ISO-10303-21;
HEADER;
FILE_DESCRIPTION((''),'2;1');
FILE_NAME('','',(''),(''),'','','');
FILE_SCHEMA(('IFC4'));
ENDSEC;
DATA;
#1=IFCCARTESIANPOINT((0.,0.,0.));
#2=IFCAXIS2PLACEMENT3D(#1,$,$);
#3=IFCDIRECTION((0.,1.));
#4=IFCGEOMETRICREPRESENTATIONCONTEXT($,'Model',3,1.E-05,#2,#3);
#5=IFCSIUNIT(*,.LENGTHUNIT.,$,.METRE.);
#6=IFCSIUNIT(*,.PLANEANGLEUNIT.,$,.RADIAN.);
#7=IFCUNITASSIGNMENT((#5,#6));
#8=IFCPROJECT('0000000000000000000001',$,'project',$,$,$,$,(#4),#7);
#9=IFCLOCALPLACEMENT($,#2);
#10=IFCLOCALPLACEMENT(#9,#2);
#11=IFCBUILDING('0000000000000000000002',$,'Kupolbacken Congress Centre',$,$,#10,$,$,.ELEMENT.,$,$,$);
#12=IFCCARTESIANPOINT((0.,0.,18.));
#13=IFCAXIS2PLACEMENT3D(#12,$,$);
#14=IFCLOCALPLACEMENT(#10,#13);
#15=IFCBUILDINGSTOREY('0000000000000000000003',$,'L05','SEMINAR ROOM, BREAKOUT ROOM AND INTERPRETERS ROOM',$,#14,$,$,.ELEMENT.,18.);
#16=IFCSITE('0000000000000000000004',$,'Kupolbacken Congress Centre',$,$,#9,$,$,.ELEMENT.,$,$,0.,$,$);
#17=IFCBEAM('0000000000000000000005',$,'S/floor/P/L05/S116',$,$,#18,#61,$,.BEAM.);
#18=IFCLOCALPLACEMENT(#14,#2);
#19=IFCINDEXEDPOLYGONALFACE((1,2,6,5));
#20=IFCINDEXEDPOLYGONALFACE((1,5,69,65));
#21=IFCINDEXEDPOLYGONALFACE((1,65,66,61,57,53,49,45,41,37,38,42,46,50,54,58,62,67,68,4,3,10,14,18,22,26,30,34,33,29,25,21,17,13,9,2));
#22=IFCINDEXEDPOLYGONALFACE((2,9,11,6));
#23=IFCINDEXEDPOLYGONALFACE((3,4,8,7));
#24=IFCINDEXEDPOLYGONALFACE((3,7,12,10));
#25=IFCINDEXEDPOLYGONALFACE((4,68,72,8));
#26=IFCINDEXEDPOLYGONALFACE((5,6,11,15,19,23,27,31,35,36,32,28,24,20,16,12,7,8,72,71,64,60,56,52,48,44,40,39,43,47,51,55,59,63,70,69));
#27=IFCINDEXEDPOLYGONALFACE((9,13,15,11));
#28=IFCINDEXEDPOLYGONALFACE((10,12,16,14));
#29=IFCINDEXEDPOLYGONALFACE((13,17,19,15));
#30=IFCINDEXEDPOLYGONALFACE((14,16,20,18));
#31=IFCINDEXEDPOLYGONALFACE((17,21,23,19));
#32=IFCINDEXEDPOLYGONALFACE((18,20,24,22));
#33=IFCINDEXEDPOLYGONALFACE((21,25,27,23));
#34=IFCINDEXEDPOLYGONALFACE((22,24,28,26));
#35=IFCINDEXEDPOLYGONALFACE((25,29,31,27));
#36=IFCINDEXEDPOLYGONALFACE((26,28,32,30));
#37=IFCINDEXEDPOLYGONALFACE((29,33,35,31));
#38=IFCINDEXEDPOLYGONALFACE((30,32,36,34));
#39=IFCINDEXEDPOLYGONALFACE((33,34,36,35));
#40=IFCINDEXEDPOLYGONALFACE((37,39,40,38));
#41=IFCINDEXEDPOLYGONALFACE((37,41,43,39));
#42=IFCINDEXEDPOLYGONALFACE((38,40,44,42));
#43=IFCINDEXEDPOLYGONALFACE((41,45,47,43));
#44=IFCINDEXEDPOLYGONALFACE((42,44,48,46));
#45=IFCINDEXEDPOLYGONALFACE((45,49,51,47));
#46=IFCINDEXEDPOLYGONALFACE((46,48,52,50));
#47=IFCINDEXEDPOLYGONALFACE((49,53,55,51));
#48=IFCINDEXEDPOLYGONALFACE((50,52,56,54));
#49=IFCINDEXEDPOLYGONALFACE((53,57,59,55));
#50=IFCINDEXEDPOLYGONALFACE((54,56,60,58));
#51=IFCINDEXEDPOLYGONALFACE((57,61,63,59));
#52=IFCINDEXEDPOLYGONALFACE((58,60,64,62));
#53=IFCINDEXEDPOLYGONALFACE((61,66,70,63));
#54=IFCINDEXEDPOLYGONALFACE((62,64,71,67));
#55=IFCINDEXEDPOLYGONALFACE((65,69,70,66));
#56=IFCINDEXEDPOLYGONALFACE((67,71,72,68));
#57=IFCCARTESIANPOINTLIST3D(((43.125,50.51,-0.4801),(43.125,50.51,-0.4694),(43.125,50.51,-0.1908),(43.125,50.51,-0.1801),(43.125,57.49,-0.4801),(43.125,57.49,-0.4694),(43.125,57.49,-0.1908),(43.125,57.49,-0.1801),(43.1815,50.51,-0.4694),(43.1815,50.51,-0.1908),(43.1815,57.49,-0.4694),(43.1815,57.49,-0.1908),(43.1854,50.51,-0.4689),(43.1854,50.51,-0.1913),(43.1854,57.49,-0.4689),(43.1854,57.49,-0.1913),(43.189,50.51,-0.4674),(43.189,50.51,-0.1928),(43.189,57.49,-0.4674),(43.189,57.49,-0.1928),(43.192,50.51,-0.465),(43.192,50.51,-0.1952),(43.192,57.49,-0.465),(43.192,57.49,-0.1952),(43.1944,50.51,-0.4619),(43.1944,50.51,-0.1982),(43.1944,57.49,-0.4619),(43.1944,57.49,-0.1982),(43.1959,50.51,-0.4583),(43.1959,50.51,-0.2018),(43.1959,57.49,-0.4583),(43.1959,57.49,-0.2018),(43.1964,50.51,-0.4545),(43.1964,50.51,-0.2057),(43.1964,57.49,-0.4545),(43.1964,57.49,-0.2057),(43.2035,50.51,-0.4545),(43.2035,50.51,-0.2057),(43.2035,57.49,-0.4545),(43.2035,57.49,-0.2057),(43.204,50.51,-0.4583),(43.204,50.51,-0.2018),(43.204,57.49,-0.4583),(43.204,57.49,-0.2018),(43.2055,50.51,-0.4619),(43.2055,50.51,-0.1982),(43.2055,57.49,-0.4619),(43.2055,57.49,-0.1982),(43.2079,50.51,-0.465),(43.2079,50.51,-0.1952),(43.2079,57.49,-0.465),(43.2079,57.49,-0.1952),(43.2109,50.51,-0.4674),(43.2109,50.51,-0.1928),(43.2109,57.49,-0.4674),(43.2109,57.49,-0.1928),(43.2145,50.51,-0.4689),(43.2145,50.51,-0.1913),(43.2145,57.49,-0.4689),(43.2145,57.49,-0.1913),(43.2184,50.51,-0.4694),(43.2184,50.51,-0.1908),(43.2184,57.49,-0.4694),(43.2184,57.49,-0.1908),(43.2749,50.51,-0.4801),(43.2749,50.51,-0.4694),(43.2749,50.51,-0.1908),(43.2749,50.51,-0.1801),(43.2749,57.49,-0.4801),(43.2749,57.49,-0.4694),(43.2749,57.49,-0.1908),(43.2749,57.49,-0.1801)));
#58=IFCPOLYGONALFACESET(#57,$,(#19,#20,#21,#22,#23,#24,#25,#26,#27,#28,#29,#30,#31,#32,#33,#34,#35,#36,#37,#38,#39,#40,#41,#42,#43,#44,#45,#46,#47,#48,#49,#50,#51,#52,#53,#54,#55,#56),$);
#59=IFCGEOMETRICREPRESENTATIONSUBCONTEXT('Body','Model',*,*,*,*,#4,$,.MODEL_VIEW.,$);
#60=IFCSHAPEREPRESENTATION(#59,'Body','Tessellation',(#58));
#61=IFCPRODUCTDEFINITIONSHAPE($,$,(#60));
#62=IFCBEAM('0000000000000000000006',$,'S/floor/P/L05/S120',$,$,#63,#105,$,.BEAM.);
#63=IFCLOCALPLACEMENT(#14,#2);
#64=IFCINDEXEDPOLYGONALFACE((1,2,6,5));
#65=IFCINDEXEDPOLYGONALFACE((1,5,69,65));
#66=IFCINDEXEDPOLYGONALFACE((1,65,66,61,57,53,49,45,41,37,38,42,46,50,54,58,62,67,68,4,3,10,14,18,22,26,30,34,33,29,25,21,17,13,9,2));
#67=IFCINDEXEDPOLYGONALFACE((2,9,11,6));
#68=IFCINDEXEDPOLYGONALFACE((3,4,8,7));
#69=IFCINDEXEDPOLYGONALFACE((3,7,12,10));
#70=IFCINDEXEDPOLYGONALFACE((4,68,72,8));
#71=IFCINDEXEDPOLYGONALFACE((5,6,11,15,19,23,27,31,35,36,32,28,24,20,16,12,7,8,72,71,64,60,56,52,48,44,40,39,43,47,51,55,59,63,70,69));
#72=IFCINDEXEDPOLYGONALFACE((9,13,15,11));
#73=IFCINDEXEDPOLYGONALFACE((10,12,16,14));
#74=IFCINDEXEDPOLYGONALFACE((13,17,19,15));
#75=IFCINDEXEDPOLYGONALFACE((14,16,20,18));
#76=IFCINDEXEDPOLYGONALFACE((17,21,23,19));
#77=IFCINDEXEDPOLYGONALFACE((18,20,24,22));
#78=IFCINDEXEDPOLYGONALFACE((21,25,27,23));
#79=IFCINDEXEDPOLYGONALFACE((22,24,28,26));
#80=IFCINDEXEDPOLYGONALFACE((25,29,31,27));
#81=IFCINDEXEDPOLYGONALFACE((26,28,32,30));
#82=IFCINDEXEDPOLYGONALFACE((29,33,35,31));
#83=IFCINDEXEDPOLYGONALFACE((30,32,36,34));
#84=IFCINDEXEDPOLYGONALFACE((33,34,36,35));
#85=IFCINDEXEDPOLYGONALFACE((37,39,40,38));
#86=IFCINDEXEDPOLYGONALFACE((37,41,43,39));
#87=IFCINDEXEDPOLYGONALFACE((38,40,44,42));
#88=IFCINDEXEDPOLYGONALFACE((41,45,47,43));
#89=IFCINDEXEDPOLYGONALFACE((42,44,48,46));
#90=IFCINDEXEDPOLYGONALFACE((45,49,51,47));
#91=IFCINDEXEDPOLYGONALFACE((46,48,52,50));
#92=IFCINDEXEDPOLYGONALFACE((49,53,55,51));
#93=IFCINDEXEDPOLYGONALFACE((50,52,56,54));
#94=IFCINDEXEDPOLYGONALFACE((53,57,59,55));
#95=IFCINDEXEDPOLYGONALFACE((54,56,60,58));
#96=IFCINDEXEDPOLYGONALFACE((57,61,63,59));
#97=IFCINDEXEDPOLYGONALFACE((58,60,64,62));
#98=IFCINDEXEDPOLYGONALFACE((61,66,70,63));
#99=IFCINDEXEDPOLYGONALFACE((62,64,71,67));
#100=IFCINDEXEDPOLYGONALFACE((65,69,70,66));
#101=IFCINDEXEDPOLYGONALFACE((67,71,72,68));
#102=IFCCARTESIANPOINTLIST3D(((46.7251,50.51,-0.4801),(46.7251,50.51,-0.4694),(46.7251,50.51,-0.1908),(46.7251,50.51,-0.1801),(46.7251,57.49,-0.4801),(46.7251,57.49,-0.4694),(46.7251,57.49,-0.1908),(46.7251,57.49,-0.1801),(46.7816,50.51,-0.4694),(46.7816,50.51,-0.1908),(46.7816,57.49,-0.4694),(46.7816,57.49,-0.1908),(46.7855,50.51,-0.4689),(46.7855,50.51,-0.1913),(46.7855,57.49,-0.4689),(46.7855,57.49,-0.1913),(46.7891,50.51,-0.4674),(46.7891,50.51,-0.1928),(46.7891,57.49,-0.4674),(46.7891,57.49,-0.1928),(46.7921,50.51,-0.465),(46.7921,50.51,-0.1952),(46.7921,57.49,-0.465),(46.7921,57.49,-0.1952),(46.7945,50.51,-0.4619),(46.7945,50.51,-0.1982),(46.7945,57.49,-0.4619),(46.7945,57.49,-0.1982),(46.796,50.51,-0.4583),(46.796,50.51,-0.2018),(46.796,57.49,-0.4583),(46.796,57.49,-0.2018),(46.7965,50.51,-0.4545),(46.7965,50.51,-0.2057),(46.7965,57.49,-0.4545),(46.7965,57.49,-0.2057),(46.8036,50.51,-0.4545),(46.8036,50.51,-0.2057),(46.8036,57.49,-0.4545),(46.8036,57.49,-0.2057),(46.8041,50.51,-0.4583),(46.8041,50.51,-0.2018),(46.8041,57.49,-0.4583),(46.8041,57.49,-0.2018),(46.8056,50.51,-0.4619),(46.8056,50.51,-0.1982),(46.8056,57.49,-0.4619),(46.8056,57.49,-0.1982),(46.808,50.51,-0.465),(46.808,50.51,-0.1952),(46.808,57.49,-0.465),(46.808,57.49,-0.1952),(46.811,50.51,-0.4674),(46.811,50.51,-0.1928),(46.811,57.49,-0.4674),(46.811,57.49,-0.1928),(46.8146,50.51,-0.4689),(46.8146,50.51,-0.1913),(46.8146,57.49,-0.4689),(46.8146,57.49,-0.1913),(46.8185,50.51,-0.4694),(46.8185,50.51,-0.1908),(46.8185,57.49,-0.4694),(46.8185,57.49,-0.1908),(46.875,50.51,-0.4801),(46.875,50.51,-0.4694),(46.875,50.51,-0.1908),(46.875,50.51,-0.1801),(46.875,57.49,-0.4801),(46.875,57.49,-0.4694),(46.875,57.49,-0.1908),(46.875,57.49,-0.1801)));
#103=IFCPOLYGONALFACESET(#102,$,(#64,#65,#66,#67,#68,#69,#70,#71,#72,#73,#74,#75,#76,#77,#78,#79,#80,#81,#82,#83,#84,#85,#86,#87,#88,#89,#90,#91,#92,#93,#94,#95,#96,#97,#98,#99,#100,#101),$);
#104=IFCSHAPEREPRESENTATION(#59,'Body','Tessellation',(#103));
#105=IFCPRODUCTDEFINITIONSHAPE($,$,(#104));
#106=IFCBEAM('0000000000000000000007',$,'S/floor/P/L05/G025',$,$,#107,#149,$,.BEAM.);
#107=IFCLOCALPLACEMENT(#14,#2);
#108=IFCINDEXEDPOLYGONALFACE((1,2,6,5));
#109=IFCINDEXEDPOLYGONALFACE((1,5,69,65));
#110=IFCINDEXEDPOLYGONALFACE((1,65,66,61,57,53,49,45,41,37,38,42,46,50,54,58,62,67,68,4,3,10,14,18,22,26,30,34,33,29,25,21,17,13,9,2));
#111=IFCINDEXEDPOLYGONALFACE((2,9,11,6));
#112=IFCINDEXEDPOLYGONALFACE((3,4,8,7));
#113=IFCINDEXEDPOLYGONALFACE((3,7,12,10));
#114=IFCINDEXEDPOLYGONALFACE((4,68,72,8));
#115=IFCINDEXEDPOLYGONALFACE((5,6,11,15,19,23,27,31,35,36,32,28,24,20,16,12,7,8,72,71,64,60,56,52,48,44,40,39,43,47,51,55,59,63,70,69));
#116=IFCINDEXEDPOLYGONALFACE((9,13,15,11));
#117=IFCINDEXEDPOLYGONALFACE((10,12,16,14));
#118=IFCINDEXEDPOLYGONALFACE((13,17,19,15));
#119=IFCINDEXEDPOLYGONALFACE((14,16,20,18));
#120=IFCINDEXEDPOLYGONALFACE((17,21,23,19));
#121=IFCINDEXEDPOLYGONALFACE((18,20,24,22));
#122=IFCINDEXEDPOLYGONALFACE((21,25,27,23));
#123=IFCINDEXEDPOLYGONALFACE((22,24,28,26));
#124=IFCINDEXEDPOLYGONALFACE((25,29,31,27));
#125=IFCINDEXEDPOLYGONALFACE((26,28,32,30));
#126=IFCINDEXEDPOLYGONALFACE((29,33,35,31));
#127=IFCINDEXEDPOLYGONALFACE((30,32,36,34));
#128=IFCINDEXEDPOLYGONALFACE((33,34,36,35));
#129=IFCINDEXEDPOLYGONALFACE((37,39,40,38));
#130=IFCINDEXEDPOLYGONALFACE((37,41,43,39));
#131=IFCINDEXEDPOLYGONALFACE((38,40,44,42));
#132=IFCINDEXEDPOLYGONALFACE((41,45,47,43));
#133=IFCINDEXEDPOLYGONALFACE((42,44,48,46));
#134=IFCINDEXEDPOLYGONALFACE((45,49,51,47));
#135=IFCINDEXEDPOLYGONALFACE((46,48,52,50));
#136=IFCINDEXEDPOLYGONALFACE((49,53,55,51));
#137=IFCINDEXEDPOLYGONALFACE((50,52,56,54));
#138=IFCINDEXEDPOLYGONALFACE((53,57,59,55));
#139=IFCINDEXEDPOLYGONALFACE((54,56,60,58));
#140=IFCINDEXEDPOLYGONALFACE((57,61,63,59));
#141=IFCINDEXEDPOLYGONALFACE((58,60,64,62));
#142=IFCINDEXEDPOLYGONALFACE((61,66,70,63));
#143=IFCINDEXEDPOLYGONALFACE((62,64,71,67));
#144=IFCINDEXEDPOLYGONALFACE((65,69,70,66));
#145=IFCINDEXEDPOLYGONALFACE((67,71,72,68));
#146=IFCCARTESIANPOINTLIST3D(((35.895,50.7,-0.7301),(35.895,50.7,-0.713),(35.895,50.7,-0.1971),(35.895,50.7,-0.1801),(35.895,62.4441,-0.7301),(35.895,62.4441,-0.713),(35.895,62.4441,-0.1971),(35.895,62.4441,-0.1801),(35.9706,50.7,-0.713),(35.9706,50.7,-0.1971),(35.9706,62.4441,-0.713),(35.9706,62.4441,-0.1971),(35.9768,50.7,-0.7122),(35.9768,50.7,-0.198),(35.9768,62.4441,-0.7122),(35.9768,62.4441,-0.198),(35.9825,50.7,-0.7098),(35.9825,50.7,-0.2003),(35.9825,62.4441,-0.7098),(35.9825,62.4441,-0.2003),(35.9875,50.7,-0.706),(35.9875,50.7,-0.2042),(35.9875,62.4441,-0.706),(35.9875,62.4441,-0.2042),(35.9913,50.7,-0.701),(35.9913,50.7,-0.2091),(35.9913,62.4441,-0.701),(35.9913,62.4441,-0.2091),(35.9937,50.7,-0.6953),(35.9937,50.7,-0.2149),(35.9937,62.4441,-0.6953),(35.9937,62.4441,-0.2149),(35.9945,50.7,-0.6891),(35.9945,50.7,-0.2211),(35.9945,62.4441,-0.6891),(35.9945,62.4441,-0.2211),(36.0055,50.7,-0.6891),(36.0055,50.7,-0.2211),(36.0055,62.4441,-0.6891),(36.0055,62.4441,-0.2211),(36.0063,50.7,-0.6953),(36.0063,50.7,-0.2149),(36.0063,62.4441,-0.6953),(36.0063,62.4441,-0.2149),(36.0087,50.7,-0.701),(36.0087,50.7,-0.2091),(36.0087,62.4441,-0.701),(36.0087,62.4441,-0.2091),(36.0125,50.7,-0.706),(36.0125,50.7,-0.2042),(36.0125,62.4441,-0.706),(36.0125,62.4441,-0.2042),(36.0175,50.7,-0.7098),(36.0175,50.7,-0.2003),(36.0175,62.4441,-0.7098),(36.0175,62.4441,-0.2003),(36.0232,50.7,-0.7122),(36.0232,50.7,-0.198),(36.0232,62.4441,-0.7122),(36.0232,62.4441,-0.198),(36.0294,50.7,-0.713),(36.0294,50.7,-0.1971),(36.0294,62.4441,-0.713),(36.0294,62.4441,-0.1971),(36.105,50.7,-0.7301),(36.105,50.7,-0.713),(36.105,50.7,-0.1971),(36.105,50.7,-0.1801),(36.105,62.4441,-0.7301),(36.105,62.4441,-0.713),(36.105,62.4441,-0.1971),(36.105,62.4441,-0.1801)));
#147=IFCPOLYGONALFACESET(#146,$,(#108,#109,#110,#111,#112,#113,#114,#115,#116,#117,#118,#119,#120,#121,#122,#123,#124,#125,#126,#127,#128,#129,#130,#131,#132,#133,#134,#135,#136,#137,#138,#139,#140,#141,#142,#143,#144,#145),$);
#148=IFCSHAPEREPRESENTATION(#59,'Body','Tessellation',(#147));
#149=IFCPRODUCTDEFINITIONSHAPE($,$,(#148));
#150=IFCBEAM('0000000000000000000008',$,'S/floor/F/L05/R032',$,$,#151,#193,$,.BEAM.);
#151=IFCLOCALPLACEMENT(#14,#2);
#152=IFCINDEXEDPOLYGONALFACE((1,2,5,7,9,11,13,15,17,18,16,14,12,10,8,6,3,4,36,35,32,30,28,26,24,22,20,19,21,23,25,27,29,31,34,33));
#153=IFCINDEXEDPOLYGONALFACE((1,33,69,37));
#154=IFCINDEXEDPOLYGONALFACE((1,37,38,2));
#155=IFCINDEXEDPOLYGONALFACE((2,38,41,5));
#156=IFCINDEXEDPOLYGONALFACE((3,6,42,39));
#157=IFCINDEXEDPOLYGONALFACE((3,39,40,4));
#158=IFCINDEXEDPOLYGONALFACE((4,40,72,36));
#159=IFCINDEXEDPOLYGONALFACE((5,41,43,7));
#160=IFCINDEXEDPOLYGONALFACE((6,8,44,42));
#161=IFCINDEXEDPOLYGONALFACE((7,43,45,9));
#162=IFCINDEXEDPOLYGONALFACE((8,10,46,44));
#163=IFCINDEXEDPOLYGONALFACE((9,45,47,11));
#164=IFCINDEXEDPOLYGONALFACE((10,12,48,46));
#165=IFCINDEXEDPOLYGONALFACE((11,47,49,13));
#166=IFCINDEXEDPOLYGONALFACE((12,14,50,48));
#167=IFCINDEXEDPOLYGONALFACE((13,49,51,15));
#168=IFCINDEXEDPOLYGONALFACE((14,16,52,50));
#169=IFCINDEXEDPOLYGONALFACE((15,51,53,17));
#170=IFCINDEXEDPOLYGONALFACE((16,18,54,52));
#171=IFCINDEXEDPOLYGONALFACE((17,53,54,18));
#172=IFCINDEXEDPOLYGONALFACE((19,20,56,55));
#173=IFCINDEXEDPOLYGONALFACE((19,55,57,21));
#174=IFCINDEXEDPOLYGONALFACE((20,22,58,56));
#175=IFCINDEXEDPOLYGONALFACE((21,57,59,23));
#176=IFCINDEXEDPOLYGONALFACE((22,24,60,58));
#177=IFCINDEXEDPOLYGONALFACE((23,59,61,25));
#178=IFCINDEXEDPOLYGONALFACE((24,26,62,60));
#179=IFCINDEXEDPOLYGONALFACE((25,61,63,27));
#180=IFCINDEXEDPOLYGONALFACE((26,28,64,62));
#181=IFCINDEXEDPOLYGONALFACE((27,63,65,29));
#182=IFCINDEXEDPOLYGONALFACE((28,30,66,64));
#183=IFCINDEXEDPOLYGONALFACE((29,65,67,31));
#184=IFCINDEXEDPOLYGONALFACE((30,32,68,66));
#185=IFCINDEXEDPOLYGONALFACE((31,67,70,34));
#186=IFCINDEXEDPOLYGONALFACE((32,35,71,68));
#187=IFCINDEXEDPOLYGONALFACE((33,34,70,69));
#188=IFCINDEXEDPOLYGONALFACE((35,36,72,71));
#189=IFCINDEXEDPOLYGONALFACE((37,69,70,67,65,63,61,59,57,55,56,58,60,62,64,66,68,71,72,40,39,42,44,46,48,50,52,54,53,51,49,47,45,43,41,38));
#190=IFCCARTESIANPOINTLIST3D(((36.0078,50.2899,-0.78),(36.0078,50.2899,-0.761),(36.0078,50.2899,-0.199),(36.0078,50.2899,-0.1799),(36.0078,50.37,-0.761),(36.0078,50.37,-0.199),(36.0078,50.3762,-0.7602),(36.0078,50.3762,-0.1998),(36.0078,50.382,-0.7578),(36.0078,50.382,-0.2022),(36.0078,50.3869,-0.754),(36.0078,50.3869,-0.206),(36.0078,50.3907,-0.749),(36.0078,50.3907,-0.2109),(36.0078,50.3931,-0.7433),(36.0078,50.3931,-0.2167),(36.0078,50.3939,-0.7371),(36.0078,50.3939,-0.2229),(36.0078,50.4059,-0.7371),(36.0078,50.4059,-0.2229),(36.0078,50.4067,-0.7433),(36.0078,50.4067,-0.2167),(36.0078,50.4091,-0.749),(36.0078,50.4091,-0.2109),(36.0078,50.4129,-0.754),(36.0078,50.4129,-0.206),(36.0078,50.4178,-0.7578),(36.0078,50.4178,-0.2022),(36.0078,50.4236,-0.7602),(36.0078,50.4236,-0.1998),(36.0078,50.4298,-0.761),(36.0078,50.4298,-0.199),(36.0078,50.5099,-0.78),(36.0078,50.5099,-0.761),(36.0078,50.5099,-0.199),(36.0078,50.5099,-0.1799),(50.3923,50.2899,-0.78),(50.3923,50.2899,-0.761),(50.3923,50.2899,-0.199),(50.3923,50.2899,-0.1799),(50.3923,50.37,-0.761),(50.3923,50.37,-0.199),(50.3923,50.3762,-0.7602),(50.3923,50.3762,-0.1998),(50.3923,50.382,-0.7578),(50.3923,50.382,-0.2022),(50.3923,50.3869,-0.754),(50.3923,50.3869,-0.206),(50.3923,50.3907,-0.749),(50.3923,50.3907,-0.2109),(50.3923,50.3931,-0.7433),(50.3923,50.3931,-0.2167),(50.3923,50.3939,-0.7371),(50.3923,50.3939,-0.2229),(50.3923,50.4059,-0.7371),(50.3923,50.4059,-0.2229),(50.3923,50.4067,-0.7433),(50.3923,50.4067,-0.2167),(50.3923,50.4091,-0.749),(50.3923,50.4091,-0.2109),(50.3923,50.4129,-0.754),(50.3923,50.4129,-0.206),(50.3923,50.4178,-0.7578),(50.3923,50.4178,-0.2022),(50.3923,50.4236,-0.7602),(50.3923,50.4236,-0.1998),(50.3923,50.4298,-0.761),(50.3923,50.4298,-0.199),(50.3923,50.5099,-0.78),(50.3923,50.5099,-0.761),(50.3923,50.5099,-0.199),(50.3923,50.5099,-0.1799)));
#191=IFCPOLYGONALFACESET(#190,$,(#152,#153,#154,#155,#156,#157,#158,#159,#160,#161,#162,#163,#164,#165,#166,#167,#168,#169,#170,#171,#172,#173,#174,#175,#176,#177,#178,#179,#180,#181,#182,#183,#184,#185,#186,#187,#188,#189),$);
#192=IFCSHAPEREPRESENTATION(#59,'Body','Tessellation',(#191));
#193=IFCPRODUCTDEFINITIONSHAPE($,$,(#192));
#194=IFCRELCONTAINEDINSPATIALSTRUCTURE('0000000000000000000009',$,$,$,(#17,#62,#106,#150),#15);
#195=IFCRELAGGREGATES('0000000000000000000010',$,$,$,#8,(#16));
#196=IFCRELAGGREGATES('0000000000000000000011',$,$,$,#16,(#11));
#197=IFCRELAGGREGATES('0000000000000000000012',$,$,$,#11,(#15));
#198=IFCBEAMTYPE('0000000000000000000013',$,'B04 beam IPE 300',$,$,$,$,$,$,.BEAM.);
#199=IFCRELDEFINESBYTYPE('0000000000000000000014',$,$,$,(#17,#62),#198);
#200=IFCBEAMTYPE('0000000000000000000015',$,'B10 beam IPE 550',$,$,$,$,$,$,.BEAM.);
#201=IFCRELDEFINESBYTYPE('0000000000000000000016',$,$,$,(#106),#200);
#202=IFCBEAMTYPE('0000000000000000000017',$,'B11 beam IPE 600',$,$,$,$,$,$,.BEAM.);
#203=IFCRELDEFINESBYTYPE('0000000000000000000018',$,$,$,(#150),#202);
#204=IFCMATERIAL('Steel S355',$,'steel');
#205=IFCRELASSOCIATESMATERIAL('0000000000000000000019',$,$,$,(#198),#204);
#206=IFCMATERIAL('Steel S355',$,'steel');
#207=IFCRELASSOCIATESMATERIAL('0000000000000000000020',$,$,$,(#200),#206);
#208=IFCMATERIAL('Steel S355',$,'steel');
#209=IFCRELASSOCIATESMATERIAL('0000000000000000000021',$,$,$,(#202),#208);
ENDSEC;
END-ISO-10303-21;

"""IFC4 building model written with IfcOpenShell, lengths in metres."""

from ifc_helpers import new_model, si_unit, direction, frame, origin, origin_2d, place, context, subcontext, project, spatial, i_section, extrude, material, material_profile, profile_set, type_object, element, save


model = new_model("IFC4")

# Units and contexts
model_context = context("Model", 3, precision=1e-05, world=origin(), true_north=direction((0.0, 1.0)))
body_context = subcontext(model_context, "Body", "Model", "MODEL_VIEW")
ifc_project = project(units=[si_unit("LENGTHUNIT", "METRE"), si_unit("PLANEANGLEUNIT", "RADIAN")], contexts=[model_context])

# Site, building, storey
site_placement = place(None, origin())
site = spatial("IfcSite", under=ifc_project, at=site_placement, Name="Kupolbacken Congress Centre", CompositionType="ELEMENT", RefElevation=0.0)
building_placement = place(site_placement, origin())
building = spatial("IfcBuilding", under=site, at=building_placement, Name="Kupolbacken Congress Centre", CompositionType="ELEMENT")
storey_placement = place(building_placement, frame((0.0, 0.0, 18.0)))
storey = spatial("IfcBuildingStorey", under=building, at=storey_placement, Name="L05", Description="SEMINAR ROOM, BREAKOUT ROOM AND INTERPRETERS ROOM", CompositionType="ELEMENT", Elevation=18.0)

# Beams
ifc_material_1 = material(Name="Steel S355", Category="steel")
ifc_material_profile_1 = material_profile(ifc_material_1, i_section(OverallWidth=0.1499, OverallDepth=0.3, WebThickness=0.0071, FlangeThickness=0.0107, FilletRadius=0.0149, at=origin_2d()), Name="IPE 300")
ifc_profile_set_1 = profile_set([ifc_material_profile_1], Name="Steel S355")
beam_type_1 = type_object("IfcBeamType", Name="B04 beam IPE 300", PredefinedType="BEAM", material=ifc_profile_set_1)
for number, where, z_axis, x_axis, name in (
    (1, (43.2, 50.51, -0.3301), (0.0, 1.0, 0.0), (-1.0, 0.0, 0.0), "S/floor/P/L05/S116"),
    (2, (46.8, 50.51, -0.3301), (0.0, 1.0, 0.0), (-1.0, 0.0, 0.0), "S/floor/P/L05/S120"),
):
    element("IfcBeam", number, at=place(storey_placement, frame(where, z_axis=z_axis, x_axis=x_axis)), inside=storey, type_object=beam_type_1, Name=name, PredefinedType="BEAM", context=body_context, shape_type="SweptSolid", body=[
        extrude(i_section(OverallWidth=0.1499, OverallDepth=0.3, WebThickness=0.0071, FlangeThickness=0.0107, FilletRadius=0.0149, at=origin_2d()), origin(), (0.0, 0.0, 1.0), 6.98),
    ])
ifc_material_2 = material(Name="Steel S355", Category="steel")
ifc_material_profile_2 = material_profile(ifc_material_2, i_section(OverallWidth=0.21, OverallDepth=0.55, WebThickness=0.011, FlangeThickness=0.0171, FilletRadius=0.0239, at=origin_2d()), Name="IPE 550")
ifc_profile_set_2 = profile_set([ifc_material_profile_2], Name="Steel S355")
beam_type_2 = type_object("IfcBeamType", Name="B10 beam IPE 550", PredefinedType="BEAM", material=ifc_profile_set_2)
beam_1_placement = place(storey_placement, frame((36.0, 50.7, -0.4551), z_axis=(0.0, 1.0, 0.0), x_axis=(-1.0, 0.0, 0.0)))
element("IfcBeam", 3, at=beam_1_placement, inside=storey, type_object=beam_type_2, Name="S/floor/P/L05/G025", PredefinedType="BEAM", context=body_context, shape_type="SweptSolid", body=[
    extrude(i_section(OverallWidth=0.21, OverallDepth=0.55, WebThickness=0.011, FlangeThickness=0.0171, FilletRadius=0.0239, at=origin_2d()), origin(), (0.0, 0.0, 1.0), 11.7441),
])
ifc_material_3 = material(Name="Steel S355", Category="steel")
ifc_material_profile_3 = material_profile(ifc_material_3, i_section(OverallWidth=0.22, OverallDepth=0.6001, WebThickness=0.012, FlangeThickness=0.019, FilletRadius=0.0239, at=origin_2d()), Name="IPE 600")
ifc_profile_set_3 = profile_set([ifc_material_profile_3], Name="Steel S355")
beam_type_3 = type_object("IfcBeamType", Name="B11 beam IPE 600", PredefinedType="BEAM", material=ifc_profile_set_3)
beam_2_placement = place(storey_placement, frame((36.0078, 50.3999, -0.48), z_axis=(1.0, 0.0, 0.0), x_axis=(0.0, 1.0, 0.0)))
element("IfcBeam", 4, at=beam_2_placement, inside=storey, type_object=beam_type_3, Name="S/floor/F/L05/R032", PredefinedType="BEAM", context=body_context, shape_type="SweptSolid", body=[
    extrude(i_section(OverallWidth=0.22, OverallDepth=0.6001, WebThickness=0.012, FlangeThickness=0.019, FilletRadius=0.0239, at=origin_2d()), origin(), (0.0, 0.0, 1.0), 14.3845),
])

save(model, "model.ifc")
